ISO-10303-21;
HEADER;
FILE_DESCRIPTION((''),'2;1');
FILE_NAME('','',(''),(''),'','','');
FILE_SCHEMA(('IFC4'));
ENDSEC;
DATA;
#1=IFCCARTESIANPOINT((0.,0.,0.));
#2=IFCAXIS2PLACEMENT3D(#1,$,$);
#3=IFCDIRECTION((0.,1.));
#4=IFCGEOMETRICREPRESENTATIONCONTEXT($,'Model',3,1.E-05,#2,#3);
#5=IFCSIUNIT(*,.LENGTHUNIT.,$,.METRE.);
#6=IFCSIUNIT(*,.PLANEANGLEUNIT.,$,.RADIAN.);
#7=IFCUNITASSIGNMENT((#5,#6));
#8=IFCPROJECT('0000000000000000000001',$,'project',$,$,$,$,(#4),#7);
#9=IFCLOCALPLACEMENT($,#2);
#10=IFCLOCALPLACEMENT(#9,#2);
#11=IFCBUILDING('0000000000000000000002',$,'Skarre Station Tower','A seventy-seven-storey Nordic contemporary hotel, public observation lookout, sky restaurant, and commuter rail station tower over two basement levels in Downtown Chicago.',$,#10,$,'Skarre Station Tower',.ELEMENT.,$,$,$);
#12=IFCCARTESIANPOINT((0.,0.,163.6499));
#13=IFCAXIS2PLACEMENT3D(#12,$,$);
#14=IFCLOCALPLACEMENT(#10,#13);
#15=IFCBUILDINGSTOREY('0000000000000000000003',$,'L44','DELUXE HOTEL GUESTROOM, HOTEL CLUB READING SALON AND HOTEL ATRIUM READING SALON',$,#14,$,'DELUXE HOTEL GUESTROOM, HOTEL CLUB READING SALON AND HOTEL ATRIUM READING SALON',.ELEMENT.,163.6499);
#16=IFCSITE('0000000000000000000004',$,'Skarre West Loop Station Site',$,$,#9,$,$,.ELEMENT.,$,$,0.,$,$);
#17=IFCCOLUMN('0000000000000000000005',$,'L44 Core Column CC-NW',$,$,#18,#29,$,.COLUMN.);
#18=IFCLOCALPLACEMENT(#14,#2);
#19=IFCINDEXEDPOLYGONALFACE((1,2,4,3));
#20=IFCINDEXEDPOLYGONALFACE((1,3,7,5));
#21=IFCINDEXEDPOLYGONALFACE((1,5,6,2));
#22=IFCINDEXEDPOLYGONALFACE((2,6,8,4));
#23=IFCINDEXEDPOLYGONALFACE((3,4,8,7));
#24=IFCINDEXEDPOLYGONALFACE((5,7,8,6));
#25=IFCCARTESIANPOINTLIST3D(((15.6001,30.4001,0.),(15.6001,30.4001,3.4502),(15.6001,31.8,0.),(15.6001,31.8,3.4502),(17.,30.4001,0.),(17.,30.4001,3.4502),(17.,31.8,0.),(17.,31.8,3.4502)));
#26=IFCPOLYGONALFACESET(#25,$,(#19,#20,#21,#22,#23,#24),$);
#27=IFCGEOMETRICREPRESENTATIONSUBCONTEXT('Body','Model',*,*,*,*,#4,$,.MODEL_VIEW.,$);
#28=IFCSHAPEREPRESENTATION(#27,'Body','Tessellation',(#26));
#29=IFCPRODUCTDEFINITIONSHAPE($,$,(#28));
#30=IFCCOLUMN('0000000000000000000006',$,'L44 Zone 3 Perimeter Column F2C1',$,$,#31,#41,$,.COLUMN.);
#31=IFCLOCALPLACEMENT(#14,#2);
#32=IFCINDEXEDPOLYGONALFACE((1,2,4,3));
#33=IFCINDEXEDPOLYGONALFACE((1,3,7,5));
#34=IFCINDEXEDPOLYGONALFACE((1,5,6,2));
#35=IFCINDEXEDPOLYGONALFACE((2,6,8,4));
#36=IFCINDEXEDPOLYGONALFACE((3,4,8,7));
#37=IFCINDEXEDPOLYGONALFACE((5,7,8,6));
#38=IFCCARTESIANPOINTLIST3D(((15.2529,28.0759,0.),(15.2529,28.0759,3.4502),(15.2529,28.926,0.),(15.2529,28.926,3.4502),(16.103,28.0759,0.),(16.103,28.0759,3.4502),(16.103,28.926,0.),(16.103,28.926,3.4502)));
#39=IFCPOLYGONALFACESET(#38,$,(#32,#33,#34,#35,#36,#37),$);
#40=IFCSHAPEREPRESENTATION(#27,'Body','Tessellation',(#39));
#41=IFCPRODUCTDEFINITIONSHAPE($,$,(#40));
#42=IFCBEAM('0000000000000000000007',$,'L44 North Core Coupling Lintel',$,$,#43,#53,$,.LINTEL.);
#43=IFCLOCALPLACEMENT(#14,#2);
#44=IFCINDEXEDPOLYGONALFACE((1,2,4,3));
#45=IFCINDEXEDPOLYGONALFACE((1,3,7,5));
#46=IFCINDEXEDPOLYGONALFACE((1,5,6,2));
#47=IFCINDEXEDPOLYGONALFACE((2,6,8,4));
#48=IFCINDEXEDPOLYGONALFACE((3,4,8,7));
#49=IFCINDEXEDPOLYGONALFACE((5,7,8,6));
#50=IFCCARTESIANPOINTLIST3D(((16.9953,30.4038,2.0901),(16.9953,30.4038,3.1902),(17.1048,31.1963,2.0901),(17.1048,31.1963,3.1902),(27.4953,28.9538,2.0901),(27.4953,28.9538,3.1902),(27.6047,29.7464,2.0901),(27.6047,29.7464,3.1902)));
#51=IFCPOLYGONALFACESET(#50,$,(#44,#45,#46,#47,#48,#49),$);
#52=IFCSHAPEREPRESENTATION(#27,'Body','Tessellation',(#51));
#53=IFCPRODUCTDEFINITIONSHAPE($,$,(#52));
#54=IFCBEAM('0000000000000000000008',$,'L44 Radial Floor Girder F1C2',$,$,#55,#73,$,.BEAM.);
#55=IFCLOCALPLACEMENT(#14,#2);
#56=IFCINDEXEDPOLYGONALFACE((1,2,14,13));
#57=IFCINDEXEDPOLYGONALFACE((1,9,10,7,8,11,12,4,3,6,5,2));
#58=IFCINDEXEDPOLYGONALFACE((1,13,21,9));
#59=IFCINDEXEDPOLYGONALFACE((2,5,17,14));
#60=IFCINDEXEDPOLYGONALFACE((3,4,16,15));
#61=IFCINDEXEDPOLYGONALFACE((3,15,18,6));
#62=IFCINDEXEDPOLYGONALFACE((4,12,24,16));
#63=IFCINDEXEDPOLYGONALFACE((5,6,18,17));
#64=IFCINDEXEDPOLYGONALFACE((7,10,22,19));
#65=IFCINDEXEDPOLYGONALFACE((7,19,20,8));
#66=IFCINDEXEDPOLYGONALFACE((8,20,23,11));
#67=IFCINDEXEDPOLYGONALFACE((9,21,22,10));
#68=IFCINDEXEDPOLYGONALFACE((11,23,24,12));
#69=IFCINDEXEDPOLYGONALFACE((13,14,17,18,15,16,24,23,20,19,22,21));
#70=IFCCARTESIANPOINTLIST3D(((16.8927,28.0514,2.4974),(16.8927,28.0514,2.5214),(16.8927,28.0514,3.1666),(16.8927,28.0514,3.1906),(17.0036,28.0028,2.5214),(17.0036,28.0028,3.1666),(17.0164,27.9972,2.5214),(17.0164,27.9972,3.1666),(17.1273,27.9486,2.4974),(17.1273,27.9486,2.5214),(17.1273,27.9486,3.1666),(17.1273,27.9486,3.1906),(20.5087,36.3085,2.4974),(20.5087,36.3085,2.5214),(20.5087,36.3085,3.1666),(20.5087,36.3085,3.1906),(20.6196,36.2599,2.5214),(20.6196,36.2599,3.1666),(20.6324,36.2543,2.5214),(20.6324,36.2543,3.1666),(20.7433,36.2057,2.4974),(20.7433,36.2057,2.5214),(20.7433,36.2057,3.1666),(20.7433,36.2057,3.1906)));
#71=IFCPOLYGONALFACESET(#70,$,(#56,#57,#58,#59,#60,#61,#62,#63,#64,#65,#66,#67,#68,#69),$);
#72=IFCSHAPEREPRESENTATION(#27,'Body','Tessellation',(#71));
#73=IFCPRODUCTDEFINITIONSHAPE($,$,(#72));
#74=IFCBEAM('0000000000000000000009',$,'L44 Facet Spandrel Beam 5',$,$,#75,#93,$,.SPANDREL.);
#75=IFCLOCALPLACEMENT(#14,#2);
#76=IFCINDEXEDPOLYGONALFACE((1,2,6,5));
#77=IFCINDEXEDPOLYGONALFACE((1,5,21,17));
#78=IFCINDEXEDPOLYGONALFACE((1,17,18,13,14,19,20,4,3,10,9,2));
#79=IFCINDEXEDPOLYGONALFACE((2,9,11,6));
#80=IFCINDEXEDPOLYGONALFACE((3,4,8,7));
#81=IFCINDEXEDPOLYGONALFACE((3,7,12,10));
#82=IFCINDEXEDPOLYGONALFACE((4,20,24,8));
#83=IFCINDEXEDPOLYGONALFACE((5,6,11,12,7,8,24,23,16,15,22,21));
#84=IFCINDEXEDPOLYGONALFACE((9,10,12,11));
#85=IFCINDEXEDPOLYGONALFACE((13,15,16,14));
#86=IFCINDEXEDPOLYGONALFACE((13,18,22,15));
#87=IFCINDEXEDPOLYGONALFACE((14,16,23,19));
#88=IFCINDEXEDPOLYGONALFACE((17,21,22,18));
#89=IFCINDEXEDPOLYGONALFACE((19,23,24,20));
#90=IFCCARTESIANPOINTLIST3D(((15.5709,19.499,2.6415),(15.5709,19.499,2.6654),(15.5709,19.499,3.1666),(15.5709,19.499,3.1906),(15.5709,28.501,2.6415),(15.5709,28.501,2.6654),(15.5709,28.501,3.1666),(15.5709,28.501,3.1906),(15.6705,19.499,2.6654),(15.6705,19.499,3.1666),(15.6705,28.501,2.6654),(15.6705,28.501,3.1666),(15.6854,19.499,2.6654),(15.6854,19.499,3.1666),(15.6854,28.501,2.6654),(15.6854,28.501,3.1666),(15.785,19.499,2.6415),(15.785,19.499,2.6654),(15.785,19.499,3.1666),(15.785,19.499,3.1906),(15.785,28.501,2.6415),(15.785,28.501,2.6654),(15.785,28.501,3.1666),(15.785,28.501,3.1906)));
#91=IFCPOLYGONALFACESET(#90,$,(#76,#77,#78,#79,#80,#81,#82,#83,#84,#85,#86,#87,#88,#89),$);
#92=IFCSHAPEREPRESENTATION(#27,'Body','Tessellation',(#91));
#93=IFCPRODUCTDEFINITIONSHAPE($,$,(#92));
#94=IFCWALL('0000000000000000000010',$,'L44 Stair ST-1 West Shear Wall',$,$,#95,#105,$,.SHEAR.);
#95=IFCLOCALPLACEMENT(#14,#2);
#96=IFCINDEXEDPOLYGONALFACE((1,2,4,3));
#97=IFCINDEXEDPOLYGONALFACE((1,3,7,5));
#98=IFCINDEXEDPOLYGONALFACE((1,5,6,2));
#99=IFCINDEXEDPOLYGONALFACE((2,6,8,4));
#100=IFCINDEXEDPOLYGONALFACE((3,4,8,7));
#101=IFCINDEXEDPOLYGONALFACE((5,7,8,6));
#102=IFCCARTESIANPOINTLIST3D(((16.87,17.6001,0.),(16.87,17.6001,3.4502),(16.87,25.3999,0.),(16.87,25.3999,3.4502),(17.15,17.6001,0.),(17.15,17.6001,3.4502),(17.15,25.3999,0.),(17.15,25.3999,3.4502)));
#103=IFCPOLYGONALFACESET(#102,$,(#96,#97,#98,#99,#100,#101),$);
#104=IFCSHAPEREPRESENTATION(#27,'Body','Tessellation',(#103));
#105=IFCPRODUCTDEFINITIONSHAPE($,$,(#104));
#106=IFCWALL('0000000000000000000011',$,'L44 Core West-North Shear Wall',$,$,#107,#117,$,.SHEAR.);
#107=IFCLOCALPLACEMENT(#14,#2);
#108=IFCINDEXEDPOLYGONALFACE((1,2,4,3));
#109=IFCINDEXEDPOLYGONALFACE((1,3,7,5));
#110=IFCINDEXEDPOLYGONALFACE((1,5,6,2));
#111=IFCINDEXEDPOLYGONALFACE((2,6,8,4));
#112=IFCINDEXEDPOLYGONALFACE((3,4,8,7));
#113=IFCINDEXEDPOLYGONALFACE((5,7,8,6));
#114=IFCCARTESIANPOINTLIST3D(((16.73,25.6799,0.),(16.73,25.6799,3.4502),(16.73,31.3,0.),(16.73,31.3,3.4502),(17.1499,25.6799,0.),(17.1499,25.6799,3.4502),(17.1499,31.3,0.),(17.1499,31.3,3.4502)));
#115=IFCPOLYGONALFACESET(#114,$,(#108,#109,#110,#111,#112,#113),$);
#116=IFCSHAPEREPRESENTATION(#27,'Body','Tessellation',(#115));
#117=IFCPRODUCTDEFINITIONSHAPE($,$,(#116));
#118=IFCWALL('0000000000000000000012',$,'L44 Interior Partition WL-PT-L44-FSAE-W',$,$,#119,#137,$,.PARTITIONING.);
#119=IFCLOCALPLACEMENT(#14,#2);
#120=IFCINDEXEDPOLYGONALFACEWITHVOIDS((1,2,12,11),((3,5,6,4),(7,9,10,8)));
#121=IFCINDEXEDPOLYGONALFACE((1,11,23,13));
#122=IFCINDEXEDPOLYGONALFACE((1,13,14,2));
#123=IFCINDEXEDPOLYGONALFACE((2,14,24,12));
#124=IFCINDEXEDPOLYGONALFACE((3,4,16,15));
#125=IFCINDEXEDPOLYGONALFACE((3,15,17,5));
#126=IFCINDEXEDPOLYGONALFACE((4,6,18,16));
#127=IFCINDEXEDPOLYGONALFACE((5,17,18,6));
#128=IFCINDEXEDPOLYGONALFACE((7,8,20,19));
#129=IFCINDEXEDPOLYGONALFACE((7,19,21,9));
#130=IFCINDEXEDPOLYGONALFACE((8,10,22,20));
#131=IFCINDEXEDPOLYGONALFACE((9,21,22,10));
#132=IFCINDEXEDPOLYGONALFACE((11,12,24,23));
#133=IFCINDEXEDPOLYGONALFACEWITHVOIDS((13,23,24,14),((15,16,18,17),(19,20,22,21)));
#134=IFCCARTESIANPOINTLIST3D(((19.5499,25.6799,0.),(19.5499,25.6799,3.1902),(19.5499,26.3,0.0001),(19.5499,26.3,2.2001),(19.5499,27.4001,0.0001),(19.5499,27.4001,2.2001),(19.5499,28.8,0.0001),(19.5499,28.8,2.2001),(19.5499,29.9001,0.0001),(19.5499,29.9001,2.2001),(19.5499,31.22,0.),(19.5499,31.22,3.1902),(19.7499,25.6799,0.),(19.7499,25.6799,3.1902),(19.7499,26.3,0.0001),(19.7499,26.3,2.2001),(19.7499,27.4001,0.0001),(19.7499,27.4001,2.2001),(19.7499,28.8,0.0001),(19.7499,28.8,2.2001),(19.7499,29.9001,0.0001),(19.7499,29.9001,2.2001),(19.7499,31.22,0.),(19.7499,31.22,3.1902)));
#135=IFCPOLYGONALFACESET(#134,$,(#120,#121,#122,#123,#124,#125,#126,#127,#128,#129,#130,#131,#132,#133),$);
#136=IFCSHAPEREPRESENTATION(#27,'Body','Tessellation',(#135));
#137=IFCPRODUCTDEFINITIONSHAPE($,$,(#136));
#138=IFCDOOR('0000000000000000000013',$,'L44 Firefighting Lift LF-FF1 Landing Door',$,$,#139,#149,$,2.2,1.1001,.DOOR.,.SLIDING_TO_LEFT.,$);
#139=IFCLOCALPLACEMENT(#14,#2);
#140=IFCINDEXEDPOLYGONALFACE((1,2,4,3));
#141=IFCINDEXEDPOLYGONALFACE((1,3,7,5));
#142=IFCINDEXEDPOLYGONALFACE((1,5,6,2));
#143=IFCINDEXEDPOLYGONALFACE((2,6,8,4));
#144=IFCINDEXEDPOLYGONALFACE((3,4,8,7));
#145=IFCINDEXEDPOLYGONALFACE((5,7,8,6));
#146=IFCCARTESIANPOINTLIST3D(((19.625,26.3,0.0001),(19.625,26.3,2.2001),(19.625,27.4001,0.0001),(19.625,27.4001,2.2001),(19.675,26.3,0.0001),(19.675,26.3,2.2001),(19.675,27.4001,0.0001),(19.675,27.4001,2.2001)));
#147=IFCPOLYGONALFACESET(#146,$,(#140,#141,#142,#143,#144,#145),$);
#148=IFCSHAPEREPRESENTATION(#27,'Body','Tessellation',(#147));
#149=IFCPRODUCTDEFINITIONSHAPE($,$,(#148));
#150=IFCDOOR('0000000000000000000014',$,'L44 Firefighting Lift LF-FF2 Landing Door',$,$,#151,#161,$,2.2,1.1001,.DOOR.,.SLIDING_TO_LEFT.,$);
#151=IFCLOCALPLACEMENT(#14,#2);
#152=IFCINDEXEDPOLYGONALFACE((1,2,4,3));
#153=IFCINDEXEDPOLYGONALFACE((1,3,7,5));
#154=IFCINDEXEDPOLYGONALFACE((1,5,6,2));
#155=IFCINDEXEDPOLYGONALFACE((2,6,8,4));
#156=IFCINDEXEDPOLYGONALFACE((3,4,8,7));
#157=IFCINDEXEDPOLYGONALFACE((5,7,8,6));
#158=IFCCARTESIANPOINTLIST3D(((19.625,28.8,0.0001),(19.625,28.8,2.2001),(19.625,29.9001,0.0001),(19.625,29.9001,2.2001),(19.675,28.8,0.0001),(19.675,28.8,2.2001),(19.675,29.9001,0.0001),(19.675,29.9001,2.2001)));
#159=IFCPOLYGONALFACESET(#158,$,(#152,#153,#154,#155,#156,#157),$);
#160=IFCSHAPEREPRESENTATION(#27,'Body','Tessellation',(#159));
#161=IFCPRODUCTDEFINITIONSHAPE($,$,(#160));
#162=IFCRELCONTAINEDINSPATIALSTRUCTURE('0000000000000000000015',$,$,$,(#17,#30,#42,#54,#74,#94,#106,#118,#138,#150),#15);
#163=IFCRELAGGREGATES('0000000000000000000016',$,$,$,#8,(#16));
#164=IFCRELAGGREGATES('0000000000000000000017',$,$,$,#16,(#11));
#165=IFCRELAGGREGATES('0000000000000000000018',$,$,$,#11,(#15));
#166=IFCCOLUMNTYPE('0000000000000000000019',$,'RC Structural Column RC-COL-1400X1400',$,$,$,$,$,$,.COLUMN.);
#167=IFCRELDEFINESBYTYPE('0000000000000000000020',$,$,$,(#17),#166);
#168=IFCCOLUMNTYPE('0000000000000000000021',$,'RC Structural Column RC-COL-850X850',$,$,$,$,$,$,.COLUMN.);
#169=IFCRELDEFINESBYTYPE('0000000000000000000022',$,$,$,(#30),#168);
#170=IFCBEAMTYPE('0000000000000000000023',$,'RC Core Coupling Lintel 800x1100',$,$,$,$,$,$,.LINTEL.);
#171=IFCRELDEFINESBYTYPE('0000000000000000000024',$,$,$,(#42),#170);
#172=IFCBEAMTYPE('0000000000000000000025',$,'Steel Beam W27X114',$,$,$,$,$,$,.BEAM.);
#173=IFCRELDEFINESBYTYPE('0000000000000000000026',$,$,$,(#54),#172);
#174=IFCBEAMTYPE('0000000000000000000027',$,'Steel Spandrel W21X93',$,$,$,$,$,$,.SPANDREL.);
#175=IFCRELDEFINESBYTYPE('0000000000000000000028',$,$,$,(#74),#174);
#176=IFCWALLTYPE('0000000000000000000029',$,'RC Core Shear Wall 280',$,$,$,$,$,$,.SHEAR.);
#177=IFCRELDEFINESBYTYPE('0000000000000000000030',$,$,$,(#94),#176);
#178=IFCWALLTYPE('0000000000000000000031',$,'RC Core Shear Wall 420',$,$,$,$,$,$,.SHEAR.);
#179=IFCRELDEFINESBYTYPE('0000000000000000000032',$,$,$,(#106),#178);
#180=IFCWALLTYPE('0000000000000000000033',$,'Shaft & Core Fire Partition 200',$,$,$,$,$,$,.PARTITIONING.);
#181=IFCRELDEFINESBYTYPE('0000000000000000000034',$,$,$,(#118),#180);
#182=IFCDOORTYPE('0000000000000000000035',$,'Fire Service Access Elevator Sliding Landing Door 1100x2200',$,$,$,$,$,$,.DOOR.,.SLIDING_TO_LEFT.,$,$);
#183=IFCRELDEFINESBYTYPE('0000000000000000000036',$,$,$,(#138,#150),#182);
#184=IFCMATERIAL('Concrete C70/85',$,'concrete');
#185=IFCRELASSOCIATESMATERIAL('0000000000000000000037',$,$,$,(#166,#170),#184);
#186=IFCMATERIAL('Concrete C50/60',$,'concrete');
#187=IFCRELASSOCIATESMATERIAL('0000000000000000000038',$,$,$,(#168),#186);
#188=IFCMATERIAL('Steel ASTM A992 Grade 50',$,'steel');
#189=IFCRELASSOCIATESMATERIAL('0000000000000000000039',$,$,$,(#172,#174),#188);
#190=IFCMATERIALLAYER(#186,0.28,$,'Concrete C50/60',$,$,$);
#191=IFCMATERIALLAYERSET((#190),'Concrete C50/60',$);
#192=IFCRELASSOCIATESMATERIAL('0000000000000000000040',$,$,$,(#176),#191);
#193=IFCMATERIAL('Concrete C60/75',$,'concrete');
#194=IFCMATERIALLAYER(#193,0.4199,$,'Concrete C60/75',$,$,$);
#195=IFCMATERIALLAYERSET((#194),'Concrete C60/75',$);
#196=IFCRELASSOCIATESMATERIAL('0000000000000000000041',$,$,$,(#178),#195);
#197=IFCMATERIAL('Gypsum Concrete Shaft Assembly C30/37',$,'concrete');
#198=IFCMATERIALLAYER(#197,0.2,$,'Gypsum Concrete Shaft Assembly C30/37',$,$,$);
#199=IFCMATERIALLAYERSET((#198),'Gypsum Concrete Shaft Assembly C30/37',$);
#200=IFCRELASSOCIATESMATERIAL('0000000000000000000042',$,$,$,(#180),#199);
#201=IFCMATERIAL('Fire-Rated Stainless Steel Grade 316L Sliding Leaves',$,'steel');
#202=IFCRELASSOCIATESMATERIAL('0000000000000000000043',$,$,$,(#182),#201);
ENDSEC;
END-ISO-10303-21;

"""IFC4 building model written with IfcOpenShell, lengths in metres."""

from ifc_helpers import new_model, si_unit, direction, frame, frame_2d, origin, origin_2d, place, context, subcontext, project, spatial, rectangle, i_section, extrude, material, layer, layer_set, material_profile, profile_set, type_object, element, fill, save


model = new_model("IFC4")

# Units and contexts
model_context = context("Model", 3, precision=1e-05, world=origin(), true_north=direction((0.0, 1.0)))
body_context = subcontext(model_context, "Body", "Model", "MODEL_VIEW")
ifc_project = project(units=[si_unit("LENGTHUNIT", "METRE"), si_unit("PLANEANGLEUNIT", "RADIAN")], contexts=[model_context])

# Site, building, storey
site_placement = place(None, origin())
site = spatial("IfcSite", under=ifc_project, at=site_placement, Name="Skarre West Loop Station Site", CompositionType="ELEMENT", RefElevation=0.0)
building_placement = place(site_placement, origin())
building = spatial("IfcBuilding", under=site, at=building_placement, Name="Skarre Station Tower", Description="A seventy-seven-storey Nordic contemporary hotel, public observation lookout, sky restaurant, and commuter rail station tower over two basement levels in Downtown Chicago.", LongName="Skarre Station Tower", CompositionType="ELEMENT")
storey_placement = place(building_placement, frame((0.0, 0.0, 163.6499)))
storey = spatial("IfcBuildingStorey", under=building, at=storey_placement, Name="L44", Description="DELUXE HOTEL GUESTROOM, HOTEL CLUB READING SALON AND HOTEL ATRIUM READING SALON", LongName="DELUXE HOTEL GUESTROOM, HOTEL CLUB READING SALON AND HOTEL ATRIUM READING SALON", CompositionType="ELEMENT", Elevation=163.6499)

# Columns
ifc_material_1 = material(Name="Concrete C70/85", Category="concrete")
ifc_material_profile_1 = material_profile(ifc_material_1, rectangle(XDim=1.3999, YDim=1.3999, at=origin_2d()), Name="Concrete C70/85")
ifc_profile_set_1 = profile_set([ifc_material_profile_1], Name="Concrete C70/85")
column_type_1 = type_object("IfcColumnType", Name="RC Structural Column RC-COL-1400X1400", PredefinedType="COLUMN", material=ifc_profile_set_1)
column_1_placement = place(storey_placement, frame((16.3, 31.1001, 0.0), z_axis=(0.0, 0.0, 1.0), x_axis=(1.0, 0.0, 0.0)))
element("IfcColumn", 1, at=column_1_placement, inside=storey, type_object=column_type_1, Name="L44 Core Column CC-NW", PredefinedType="COLUMN", context=body_context, shape_type="SweptSolid", body=[
    extrude(rectangle(XDim=1.3999, YDim=1.3999, at=origin_2d()), origin(), (0.0, 0.0, 1.0), 3.4502),
])
ifc_material_2 = material(Name="Concrete C50/60", Category="concrete")
ifc_material_profile_2 = material_profile(ifc_material_2, rectangle(XDim=0.8501, YDim=0.8501, at=origin_2d()), Name="Concrete C50/60")
ifc_profile_set_2 = profile_set([ifc_material_profile_2], Name="Concrete C50/60")
column_type_2 = type_object("IfcColumnType", Name="RC Structural Column RC-COL-850X850", PredefinedType="COLUMN", material=ifc_profile_set_2)
column_2_placement = place(storey_placement, frame((15.678, 28.501, 0.0), z_axis=(0.0, 0.0, 1.0), x_axis=(1.0, 0.0, 0.0)))
element("IfcColumn", 2, at=column_2_placement, inside=storey, type_object=column_type_2, Name="L44 Zone 3 Perimeter Column F2C1", PredefinedType="COLUMN", context=body_context, shape_type="SweptSolid", body=[
    extrude(rectangle(XDim=0.8501, YDim=0.8501, at=origin_2d()), origin(), (0.0, 0.0, 1.0), 3.4502),
])

# Beams
ifc_material_profile_3 = material_profile(ifc_material_1, rectangle(XDim=0.8, YDim=1.1001, at=origin_2d()), Name="Concrete C70/85")
ifc_profile_set_3 = profile_set([ifc_material_profile_3], Name="Concrete C70/85")
beam_type_1 = type_object("IfcBeamType", Name="RC Core Coupling Lintel 800x1100", PredefinedType="LINTEL", material=ifc_profile_set_3)
beam_1_placement = place(storey_placement, frame((17.05, 30.8, 2.6401), z_axis=(0.9906, -0.136792, 0.0), x_axis=(0.136792, 0.9906, 0.0)))
element("IfcBeam", 3, at=beam_1_placement, inside=storey, type_object=beam_type_1, Name="L44 North Core Coupling Lintel", PredefinedType="LINTEL", context=body_context, shape_type="SweptSolid", body=[
    extrude(rectangle(XDim=0.8, YDim=1.1001, at=origin_2d()), origin(), (0.0, 0.0, 1.0), 10.5996),
])
ifc_material_3 = material(Name="Steel ASTM A992 Grade 50", Category="steel")
ifc_material_profile_4 = material_profile(ifc_material_3, i_section(OverallWidth=0.2561, OverallDepth=0.6931, WebThickness=0.0139, FlangeThickness=0.0239, at=origin_2d()), Name="Steel ASTM A992 Grade 50")
ifc_profile_set_4 = profile_set([ifc_material_profile_4], Name="Steel ASTM A992 Grade 50")
beam_type_2 = type_object("IfcBeamType", Name="Steel Beam W27X114", PredefinedType="BEAM", material=ifc_profile_set_4)
beam_2_placement = place(storey_placement, frame((17.01, 28.0, 2.844), z_axis=(0.401144, 0.916015, 0.0), x_axis=(-0.916015, 0.401144, 0.0)))
element("IfcBeam", 4, at=beam_2_placement, inside=storey, type_object=beam_type_2, Name="L44 Radial Floor Girder F1C2", PredefinedType="BEAM", context=body_context, shape_type="SweptSolid", body=[
    extrude(i_section(OverallWidth=0.2561, OverallDepth=0.6931, WebThickness=0.0139, FlangeThickness=0.0239, at=origin_2d()), origin(), (0.0, 0.0, 1.0), 9.0142),
])
ifc_material_profile_5 = material_profile(ifc_material_3, i_section(OverallWidth=0.2141, OverallDepth=0.5491, WebThickness=0.0149, FlangeThickness=0.0239, at=origin_2d()), Name="Steel ASTM A992 Grade 50")
ifc_profile_set_5 = profile_set([ifc_material_profile_5], Name="Steel ASTM A992 Grade 50")
beam_type_3 = type_object("IfcBeamType", Name="Steel Spandrel W21X93", PredefinedType="SPANDREL", material=ifc_profile_set_5)
beam_3_placement = place(storey_placement, frame((15.678, 28.501, 2.916), z_axis=(0.0, -1.0, 0.0), x_axis=(1.0, 0.0, 0.0)))
element("IfcBeam", 5, at=beam_3_placement, inside=storey, type_object=beam_type_3, Name="L44 Facet Spandrel Beam 5", PredefinedType="SPANDREL", context=body_context, shape_type="SweptSolid", body=[
    extrude(i_section(OverallWidth=0.2141, OverallDepth=0.5491, WebThickness=0.0149, FlangeThickness=0.0239, at=origin_2d()), origin(), (0.0, 0.0, 1.0), 9.002),
])

# Walls
ifc_layer_1 = layer(ifc_material_2, 0.28, Name="Concrete C50/60")
ifc_layer_set_1 = layer_set([ifc_layer_1], Name="Concrete C50/60")
wall_type_1 = type_object("IfcWallType", Name="RC Core Shear Wall 280", PredefinedType="SHEAR", material=ifc_layer_set_1)
wall_1_placement = place(storey_placement, frame((17.01, 25.3999, 0.0), z_axis=(0.0, 0.0, 1.0), x_axis=(0.0, -1.0, 0.0)))
element("IfcWall", 6, at=wall_1_placement, inside=storey, type_object=wall_type_1, Name="L44 Stair ST-1 West Shear Wall", PredefinedType="SHEAR", context=body_context, shape_type="SweptSolid", body=[
    extrude(rectangle(XDim=7.7998, YDim=0.28, at=frame_2d((3.8999, 0.0))), origin(), (0.0, 0.0, 1.0), 3.4502),
])
ifc_material_4 = material(Name="Concrete C60/75", Category="concrete")
ifc_layer_2 = layer(ifc_material_4, 0.4199, Name="Concrete C60/75")
ifc_layer_set_2 = layer_set([ifc_layer_2], Name="Concrete C60/75")
wall_type_2 = type_object("IfcWallType", Name="RC Core Shear Wall 420", PredefinedType="SHEAR", material=ifc_layer_set_2)
wall_2_placement = place(storey_placement, frame((16.9399, 25.6799, 0.0), z_axis=(0.0, 0.0, 1.0), x_axis=(0.0, 1.0, 0.0)))
element("IfcWall", 7, at=wall_2_placement, inside=storey, type_object=wall_type_2, Name="L44 Core West-North Shear Wall", PredefinedType="SHEAR", context=body_context, shape_type="SweptSolid", body=[
    extrude(rectangle(XDim=5.6201, YDim=0.4199, at=frame_2d((2.8101, 0.0))), origin(), (0.0, 0.0, 1.0), 3.4502),
])

# Wall, openings, doors
ifc_material_5 = material(Name="Gypsum Concrete Shaft Assembly C30/37", Category="concrete")
ifc_layer_3 = layer(ifc_material_5, 0.2, Name="Gypsum Concrete Shaft Assembly C30/37")
ifc_layer_set_3 = layer_set([ifc_layer_3], Name="Gypsum Concrete Shaft Assembly C30/37")
wall_type_3 = type_object("IfcWallType", Name="Shaft & Core Fire Partition 200", PredefinedType="PARTITIONING", material=ifc_layer_set_3)
wall_3_placement = place(storey_placement, frame((19.6499, 25.6799, 0.0), z_axis=(0.0, 0.0, 1.0), x_axis=(0.0, 1.0, 0.0)))
wall_3 = element("IfcWall", 8, at=wall_3_placement, inside=storey, type_object=wall_type_3, Name="L44 Interior Partition WL-PT-L44-FSAE-W", PredefinedType="PARTITIONING", context=body_context, shape_type="SweptSolid", body=[
    extrude(rectangle(XDim=5.54, YDim=0.2, at=frame_2d((2.77, 0.0))), origin(), (0.0, 0.0, 1.0), 3.1902),
])
opening_1_placement = place(wall_3_placement, frame((0.6201, 0.0, 0.0)))
opening_1 = element("IfcOpeningElement", 9, at=opening_1_placement, cuts=wall_3, PredefinedType="OPENING", context=body_context, shape_type="SweptSolid", body=[
    extrude(rectangle(XDim=1.1001, YDim=2.2, at=frame_2d((0.55, 1.1001))), frame((0.0, 0.1099, 0.0), z_axis=(0.0, -1.0, 0.0), x_axis=(1.0, 0.0, 0.0)), (0.0, 0.0, 1.0), 0.22),
])
opening_2_placement = place(wall_3_placement, frame((3.1201, 0.0, 0.0)))
opening_2 = element("IfcOpeningElement", 10, at=opening_2_placement, cuts=wall_3, PredefinedType="OPENING", context=body_context, shape_type="SweptSolid", body=[
    extrude(rectangle(XDim=1.1001, YDim=2.2, at=frame_2d((0.55, 1.1001))), frame((0.0, 0.1099, 0.0), z_axis=(0.0, -1.0, 0.0), x_axis=(1.0, 0.0, 0.0)), (0.0, 0.0, 1.0), 0.22),
])
ifc_material_6 = material(Name="Fire-Rated Stainless Steel Grade 316L Sliding Leaves", Category="steel")
door_type = type_object("IfcDoorType", Name="Fire Service Access Elevator Sliding Landing Door 1100x2200", OperationType="SLIDING_TO_LEFT", PredefinedType="DOOR", material=ifc_material_6)
door_1_placement = place(opening_1_placement, origin())
door_1 = element("IfcDoor", 11, at=door_1_placement, inside=storey, type_object=door_type, Name="L44 Firefighting Lift LF-FF1 Landing Door", OperationType="SLIDING_TO_LEFT", OverallHeight=2.2, OverallWidth=1.1001, PredefinedType="DOOR", context=body_context, shape_type="SweptSolid", body=[
    extrude(rectangle(XDim=1.1001, YDim=2.2, at=frame_2d((0.55, 1.1001))), frame((0.0, 0.0249, 0.0), z_axis=(0.0, -1.0, 0.0), x_axis=(1.0, 0.0, 0.0)), (0.0, 0.0, 1.0), 0.05),
])
fill(opening_1, door_1)
door_2_placement = place(opening_2_placement, origin())
door_2 = element("IfcDoor", 12, at=door_2_placement, inside=storey, type_object=door_type, Name="L44 Firefighting Lift LF-FF2 Landing Door", OperationType="SLIDING_TO_LEFT", OverallHeight=2.2, OverallWidth=1.1001, PredefinedType="DOOR", context=body_context, shape_type="SweptSolid", body=[
    extrude(rectangle(XDim=1.1001, YDim=2.2, at=frame_2d((0.55, 1.1001))), frame((0.0, 0.0249, 0.0), z_axis=(0.0, -1.0, 0.0), x_axis=(1.0, 0.0, 0.0)), (0.0, 0.0, 1.0), 0.05),
])
fill(opening_2, door_2)

save(model, "model.ifc")
